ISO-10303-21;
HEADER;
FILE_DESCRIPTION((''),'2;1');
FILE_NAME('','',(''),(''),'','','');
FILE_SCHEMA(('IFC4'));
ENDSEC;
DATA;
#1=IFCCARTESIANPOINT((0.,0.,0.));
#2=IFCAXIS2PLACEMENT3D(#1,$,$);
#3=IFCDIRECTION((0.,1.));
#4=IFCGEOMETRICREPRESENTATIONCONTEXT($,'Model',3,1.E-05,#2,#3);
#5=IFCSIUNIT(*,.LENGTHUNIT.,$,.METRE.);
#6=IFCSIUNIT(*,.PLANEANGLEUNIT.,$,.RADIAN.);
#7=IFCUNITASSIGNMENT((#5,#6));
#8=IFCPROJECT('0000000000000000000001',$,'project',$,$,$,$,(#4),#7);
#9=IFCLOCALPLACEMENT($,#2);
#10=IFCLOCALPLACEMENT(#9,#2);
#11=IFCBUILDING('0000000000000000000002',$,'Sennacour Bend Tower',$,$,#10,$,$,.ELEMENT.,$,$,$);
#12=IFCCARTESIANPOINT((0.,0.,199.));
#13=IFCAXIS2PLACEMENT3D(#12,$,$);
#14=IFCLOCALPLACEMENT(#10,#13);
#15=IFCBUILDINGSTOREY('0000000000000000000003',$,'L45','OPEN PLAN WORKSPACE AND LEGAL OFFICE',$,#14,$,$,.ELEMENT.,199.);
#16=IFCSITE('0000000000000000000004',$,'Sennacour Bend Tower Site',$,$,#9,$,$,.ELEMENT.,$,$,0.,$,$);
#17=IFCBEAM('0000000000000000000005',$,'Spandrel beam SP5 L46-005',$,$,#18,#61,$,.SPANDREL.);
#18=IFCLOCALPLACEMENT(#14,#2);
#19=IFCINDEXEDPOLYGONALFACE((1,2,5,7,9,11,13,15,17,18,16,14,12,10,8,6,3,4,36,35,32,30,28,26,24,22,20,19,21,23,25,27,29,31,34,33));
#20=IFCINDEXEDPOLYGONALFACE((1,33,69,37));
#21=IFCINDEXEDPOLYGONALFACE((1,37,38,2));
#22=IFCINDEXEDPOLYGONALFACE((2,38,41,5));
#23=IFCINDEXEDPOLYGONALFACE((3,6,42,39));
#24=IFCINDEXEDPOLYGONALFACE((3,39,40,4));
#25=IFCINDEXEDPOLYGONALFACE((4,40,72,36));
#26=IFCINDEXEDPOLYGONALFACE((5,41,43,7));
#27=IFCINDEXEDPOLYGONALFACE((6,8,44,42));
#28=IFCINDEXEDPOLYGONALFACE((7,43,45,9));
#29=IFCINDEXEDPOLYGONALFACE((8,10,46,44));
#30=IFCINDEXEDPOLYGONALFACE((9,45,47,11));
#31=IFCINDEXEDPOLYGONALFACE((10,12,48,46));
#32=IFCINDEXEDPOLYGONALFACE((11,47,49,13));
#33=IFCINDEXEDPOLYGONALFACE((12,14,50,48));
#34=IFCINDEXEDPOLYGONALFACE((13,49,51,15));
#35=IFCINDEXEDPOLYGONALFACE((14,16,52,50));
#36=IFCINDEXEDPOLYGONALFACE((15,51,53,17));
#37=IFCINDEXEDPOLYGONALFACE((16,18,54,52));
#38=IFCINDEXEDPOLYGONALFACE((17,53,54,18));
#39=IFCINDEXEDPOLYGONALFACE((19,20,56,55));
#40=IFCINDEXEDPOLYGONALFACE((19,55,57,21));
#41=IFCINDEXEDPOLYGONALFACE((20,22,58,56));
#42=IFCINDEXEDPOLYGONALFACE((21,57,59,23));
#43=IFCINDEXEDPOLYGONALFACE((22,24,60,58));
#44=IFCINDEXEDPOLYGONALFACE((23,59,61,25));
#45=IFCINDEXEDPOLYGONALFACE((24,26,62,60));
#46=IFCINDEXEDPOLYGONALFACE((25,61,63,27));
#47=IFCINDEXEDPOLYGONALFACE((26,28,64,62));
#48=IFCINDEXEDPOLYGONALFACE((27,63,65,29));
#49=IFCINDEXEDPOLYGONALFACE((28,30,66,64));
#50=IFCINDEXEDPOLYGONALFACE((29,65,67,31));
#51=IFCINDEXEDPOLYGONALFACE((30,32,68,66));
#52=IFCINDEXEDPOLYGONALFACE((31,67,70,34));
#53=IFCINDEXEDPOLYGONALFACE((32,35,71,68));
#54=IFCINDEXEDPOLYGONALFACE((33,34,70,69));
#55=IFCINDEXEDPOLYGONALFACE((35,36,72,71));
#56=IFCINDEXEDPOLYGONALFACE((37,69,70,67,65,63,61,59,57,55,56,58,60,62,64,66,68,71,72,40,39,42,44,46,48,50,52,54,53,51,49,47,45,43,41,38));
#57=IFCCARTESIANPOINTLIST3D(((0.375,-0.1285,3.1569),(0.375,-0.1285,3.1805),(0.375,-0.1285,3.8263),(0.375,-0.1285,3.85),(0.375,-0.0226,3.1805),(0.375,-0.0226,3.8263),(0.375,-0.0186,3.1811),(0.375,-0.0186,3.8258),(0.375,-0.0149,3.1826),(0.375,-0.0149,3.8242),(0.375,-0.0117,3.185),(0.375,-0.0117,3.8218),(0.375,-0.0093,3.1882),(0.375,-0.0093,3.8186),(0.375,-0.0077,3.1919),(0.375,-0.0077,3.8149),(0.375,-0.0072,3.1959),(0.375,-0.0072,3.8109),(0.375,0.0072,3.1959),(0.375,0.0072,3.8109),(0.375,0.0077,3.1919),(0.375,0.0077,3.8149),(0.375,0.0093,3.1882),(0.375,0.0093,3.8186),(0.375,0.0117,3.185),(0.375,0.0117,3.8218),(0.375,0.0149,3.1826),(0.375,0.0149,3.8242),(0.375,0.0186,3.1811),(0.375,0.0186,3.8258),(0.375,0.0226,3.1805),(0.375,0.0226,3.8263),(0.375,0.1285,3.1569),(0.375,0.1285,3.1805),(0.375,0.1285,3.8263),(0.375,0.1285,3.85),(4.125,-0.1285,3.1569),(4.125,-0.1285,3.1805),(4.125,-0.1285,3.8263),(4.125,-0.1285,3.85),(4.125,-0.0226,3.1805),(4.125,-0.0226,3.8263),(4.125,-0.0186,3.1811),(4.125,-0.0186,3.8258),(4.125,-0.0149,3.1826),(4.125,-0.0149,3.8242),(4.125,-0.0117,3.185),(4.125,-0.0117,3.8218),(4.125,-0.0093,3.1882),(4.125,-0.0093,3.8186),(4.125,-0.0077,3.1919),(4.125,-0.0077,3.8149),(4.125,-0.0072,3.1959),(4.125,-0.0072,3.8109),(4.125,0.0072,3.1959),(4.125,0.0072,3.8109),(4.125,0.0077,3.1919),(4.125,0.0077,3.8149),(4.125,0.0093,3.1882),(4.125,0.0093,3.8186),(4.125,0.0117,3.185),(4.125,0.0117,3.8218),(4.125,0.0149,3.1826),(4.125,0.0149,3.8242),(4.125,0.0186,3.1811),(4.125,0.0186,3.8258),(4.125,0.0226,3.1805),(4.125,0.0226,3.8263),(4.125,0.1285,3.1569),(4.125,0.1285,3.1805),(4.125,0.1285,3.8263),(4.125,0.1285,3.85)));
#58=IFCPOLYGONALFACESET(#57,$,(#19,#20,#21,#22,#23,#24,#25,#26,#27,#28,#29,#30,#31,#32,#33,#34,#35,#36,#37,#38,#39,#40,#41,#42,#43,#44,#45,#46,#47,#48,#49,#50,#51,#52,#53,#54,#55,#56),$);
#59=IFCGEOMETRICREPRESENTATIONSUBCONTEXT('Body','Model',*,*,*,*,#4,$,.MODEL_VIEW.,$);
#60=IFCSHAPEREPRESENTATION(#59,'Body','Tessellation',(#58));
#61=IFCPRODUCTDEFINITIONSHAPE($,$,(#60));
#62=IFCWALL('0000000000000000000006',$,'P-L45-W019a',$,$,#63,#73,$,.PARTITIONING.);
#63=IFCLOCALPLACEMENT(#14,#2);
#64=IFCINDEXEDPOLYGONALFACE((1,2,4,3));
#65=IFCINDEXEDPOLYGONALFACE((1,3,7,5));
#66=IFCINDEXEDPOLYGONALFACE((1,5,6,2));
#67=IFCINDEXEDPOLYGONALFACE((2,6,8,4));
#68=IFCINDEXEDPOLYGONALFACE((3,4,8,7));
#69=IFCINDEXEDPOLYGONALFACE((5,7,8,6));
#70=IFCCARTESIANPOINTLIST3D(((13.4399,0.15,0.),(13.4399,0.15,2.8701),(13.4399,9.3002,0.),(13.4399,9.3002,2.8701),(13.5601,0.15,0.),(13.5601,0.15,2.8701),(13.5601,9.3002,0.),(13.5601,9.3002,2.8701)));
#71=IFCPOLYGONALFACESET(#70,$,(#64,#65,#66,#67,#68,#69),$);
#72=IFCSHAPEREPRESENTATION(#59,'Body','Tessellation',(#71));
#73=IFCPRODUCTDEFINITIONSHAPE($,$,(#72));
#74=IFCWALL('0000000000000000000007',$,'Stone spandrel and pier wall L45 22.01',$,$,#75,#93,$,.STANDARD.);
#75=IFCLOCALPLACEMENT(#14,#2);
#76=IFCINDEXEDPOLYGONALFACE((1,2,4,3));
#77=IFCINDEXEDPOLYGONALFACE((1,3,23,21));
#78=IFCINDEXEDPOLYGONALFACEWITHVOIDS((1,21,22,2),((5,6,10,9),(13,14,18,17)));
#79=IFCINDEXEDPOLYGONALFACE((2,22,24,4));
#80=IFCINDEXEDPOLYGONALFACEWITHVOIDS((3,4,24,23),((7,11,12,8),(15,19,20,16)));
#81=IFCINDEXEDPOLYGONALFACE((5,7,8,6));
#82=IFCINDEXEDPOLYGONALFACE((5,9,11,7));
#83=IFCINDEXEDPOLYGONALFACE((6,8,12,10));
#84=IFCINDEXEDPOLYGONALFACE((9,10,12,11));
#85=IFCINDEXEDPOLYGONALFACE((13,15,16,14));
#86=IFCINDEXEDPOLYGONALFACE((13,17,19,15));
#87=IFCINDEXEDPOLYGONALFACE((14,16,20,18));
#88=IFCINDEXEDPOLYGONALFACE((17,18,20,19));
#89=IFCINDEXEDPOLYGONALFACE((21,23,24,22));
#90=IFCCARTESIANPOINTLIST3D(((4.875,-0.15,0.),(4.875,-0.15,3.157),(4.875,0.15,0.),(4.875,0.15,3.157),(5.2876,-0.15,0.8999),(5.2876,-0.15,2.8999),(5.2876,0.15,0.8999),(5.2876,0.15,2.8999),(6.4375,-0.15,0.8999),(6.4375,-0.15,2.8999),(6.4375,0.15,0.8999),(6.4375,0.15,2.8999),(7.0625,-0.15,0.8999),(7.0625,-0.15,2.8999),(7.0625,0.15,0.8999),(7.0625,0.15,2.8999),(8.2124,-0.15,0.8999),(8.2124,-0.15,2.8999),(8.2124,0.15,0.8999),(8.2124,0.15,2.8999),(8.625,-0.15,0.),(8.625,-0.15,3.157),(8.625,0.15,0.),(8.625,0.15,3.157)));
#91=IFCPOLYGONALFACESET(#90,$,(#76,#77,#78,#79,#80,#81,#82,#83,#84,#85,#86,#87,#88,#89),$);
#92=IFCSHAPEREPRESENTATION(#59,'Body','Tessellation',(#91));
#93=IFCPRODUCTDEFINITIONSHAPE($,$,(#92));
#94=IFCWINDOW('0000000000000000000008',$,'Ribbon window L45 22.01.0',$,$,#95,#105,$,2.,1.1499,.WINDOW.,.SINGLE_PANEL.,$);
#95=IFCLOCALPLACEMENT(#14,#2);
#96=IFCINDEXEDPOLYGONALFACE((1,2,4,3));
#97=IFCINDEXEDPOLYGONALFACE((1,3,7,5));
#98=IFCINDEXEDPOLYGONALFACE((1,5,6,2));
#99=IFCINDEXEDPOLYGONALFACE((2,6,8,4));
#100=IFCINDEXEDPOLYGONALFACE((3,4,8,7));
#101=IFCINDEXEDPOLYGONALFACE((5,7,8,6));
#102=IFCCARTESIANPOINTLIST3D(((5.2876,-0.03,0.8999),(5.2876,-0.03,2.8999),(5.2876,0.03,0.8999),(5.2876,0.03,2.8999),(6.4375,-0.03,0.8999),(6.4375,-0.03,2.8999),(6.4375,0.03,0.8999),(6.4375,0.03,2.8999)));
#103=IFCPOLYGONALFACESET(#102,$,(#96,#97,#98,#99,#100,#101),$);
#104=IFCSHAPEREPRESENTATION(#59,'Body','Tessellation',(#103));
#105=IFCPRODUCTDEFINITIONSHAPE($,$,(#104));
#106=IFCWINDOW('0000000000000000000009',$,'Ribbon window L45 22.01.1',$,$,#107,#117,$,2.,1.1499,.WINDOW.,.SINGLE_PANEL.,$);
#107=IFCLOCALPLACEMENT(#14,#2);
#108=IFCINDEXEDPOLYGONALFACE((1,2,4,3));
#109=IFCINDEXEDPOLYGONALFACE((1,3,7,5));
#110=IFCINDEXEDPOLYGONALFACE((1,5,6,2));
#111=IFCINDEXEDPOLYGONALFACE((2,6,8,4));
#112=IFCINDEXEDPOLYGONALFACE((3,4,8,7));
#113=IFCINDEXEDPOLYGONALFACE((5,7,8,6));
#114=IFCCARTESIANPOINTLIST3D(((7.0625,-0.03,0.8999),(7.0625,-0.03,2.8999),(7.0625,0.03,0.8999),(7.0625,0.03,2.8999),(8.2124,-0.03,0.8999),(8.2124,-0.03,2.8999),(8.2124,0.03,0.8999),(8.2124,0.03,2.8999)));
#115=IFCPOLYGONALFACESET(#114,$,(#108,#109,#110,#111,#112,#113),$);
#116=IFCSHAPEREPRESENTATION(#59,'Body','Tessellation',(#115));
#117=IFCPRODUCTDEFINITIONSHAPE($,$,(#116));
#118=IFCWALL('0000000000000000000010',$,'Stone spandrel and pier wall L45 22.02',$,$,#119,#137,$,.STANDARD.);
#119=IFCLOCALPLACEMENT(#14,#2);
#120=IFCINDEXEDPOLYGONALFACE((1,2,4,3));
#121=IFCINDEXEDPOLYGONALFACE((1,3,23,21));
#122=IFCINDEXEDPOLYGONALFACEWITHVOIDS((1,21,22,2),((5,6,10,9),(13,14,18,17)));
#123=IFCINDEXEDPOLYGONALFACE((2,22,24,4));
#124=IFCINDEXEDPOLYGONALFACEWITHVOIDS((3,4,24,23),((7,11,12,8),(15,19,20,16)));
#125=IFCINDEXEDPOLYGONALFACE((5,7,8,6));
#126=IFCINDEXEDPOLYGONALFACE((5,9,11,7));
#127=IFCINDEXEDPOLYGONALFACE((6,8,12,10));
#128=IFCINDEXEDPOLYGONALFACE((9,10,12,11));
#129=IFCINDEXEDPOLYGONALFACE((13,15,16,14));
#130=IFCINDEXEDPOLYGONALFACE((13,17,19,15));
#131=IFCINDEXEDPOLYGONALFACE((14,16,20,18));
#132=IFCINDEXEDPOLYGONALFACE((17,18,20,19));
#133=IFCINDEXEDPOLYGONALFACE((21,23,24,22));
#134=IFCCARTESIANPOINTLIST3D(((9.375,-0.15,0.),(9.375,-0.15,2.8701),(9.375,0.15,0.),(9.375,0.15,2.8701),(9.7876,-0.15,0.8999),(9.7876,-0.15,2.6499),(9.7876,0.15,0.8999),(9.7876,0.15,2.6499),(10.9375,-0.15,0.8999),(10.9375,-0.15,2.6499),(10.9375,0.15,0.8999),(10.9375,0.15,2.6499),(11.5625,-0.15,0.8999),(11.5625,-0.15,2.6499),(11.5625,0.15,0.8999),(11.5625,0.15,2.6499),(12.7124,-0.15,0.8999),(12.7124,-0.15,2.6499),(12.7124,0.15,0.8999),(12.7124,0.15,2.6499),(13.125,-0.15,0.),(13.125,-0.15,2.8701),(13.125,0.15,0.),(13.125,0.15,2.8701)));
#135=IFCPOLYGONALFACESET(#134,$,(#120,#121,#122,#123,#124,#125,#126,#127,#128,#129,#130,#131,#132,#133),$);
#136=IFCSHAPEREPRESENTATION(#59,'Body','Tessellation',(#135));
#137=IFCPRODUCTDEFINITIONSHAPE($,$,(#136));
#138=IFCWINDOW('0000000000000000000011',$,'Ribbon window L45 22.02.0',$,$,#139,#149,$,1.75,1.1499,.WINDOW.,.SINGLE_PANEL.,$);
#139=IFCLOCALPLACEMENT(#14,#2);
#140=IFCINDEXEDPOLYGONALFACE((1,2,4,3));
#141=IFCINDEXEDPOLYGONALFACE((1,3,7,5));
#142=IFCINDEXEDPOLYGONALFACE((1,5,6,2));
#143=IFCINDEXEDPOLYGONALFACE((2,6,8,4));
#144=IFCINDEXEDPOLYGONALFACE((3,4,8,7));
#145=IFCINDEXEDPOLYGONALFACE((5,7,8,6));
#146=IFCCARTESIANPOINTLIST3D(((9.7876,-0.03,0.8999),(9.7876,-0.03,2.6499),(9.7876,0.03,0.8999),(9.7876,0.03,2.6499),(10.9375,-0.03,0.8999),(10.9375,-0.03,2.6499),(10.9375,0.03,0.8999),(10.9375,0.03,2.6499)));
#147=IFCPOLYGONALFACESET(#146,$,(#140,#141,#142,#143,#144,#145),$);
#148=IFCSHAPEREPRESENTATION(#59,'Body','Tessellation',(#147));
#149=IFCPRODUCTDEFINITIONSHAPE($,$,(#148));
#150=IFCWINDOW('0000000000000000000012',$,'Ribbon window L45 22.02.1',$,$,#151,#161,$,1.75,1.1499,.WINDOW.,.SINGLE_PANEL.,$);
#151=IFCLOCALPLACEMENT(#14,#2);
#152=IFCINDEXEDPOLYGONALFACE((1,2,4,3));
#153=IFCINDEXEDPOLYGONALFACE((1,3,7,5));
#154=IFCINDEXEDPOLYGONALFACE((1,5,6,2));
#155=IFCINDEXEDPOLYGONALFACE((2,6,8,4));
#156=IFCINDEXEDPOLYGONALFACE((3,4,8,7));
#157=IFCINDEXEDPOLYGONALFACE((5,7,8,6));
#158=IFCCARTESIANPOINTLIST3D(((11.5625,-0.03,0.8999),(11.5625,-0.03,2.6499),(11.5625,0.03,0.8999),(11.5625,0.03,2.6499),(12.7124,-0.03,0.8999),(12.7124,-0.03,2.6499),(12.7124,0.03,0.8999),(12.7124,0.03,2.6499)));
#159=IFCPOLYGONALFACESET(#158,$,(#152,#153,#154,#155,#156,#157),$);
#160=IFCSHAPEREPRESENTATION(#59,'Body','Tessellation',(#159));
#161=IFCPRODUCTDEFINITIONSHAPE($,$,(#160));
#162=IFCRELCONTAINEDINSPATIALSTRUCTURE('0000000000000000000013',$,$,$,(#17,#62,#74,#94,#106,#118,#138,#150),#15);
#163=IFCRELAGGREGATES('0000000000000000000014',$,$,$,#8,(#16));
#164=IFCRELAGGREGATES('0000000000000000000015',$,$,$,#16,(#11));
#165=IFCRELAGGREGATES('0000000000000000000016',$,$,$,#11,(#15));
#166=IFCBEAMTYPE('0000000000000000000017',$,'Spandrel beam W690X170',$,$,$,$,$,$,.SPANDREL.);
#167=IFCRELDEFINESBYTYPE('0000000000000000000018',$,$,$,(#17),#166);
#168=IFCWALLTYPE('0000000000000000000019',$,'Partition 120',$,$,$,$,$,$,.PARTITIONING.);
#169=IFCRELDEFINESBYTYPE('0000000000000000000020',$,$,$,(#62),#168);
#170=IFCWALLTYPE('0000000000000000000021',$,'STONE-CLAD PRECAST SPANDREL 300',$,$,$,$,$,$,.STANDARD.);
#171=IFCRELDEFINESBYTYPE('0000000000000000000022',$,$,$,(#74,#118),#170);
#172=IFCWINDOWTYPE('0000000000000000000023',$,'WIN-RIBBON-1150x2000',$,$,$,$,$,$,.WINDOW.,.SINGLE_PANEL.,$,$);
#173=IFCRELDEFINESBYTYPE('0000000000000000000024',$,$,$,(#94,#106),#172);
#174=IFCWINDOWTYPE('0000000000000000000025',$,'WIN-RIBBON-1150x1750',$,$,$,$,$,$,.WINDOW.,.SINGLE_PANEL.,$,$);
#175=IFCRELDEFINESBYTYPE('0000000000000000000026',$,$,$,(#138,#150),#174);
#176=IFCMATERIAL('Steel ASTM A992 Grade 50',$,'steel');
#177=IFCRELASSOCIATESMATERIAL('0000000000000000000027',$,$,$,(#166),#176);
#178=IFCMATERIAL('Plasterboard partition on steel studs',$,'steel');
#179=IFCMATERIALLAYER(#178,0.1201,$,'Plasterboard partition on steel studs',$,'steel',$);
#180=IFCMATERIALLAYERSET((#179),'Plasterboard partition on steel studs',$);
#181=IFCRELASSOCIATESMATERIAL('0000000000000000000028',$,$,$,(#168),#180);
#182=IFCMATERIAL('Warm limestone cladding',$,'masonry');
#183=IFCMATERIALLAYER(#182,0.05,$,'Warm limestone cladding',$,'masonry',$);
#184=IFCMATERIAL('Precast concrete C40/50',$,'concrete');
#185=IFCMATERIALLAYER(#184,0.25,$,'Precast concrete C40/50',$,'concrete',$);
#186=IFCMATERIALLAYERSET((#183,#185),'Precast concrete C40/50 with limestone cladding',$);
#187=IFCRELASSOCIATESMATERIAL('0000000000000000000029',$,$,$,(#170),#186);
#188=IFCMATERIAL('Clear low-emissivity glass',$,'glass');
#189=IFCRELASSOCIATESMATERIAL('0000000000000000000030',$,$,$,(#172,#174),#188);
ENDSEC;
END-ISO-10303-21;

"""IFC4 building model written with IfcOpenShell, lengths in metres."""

from ifc_helpers import new_model, si_unit, direction, frame, frame_2d, origin, origin_2d, place, context, subcontext, project, spatial, rectangle, i_section, extrude, material, layer, layer_set, material_profile, profile_set, type_object, element, fill, save


model = new_model("IFC4")

# Units and contexts
model_context = context("Model", 3, precision=1e-05, world=origin(), true_north=direction((0.0, 1.0)))
body_context = subcontext(model_context, "Body", "Model", "MODEL_VIEW")
ifc_project = project(units=[si_unit("LENGTHUNIT", "METRE"), si_unit("PLANEANGLEUNIT", "RADIAN")], contexts=[model_context])

# Site, building, storey
site_placement = place(None, origin())
site = spatial("IfcSite", under=ifc_project, at=site_placement, Name="Sennacour Bend Tower Site", CompositionType="ELEMENT", RefElevation=0.0)
building_placement = place(site_placement, origin())
building = spatial("IfcBuilding", under=site, at=building_placement, Name="Sennacour Bend Tower", CompositionType="ELEMENT")
storey_placement = place(building_placement, frame((0.0, 0.0, 199.0)))
storey = spatial("IfcBuildingStorey", under=building, at=storey_placement, Name="L45", Description="OPEN PLAN WORKSPACE AND LEGAL OFFICE", CompositionType="ELEMENT", Elevation=199.0)

# Beam
ifc_material_1 = material(Name="Steel ASTM A992 Grade 50", Category="steel")
ifc_material_profile_1 = material_profile(ifc_material_1, i_section(OverallWidth=0.2571, OverallDepth=0.6931, WebThickness=0.0144, FlangeThickness=0.0237, FilletRadius=0.0154, at=origin_2d()), Name="Steel ASTM A992 Grade 50", Category="steel")
ifc_profile_set_1 = profile_set([ifc_material_profile_1], Name="Steel ASTM A992 Grade 50")
beam_type_1 = type_object("IfcBeamType", Name="Spandrel beam W690X170", PredefinedType="SPANDREL", material=ifc_profile_set_1)
for number, where, z_axis, x_axis, name in (
    (1, (4.125, 0.0, 3.5034), (-1.0, 0.0, 0.0), (0.0, -1.0, 0.0), "Spandrel beam SP5 L46-005"),
):
    element("IfcBeam", number, at=place(storey_placement, frame(where, z_axis=z_axis, x_axis=x_axis)), inside=storey, type_object=beam_type_1, Name=name, PredefinedType="SPANDREL", context=body_context, shape_type="SweptSolid", body=[
        extrude(i_section(OverallWidth=0.2571, OverallDepth=0.6931, WebThickness=0.0144, FlangeThickness=0.0237, FilletRadius=0.0154, at=origin_2d()), origin(), (0.0, 0.0, 1.0), 3.75),
    ])

# Wall
ifc_material_2 = material(Name="Plasterboard partition on steel studs", Category="steel")
ifc_layer_1 = layer(ifc_material_2, 0.1201, Name="Plasterboard partition on steel studs", Category="steel")
ifc_layer_set_1 = layer_set([ifc_layer_1], Name="Plasterboard partition on steel studs")
wall_type_1 = type_object("IfcWallType", Name="Partition 120", PredefinedType="PARTITIONING", material=ifc_layer_set_1)
wall_1_placement = place(storey_placement, frame((13.5, 0.1499, 0.0), z_axis=(0.0, 0.0, 1.0), x_axis=(0.0, 1.0, 0.0)))
element("IfcWall", 2, at=wall_1_placement, inside=storey, type_object=wall_type_1, Name="P-L45-W019a", PredefinedType="PARTITIONING", context=body_context, shape_type="SweptSolid", body=[
    extrude(rectangle(XDim=9.1501, YDim=0.1201, at=frame_2d((4.5752, 0.0))), origin(), (0.0, 0.0, 1.0), 2.8701),
])

# Walls, openings, windows
ifc_material_3 = material(Name="Warm limestone cladding", Category="masonry")
ifc_layer_2 = layer(ifc_material_3, 0.05, Name="Warm limestone cladding", Category="masonry")
ifc_material_4 = material(Name="Precast concrete C40/50", Category="concrete")
ifc_layer_3 = layer(ifc_material_4, 0.25, Name="Precast concrete C40/50", Category="concrete")
ifc_layer_set_2 = layer_set([ifc_layer_2, ifc_layer_3], Name="Precast concrete C40/50 with limestone cladding")
wall_type_2 = type_object("IfcWallType", Name="STONE-CLAD PRECAST SPANDREL 300", PredefinedType="STANDARD", material=ifc_layer_set_2)
wall_2_placement = place(storey_placement, frame((4.875, 0.0, 0.0), z_axis=(0.0, 0.0, 1.0), x_axis=(1.0, 0.0, 0.0)))
wall_2 = element("IfcWall", 3, at=wall_2_placement, inside=storey, type_object=wall_type_2, Name="Stone spandrel and pier wall L45 22.01", PredefinedType="STANDARD", context=body_context, shape_type="SweptSolid", body=[
    extrude(rectangle(XDim=3.75, YDim=0.3, at=frame_2d((1.875, 0.0))), origin(), (0.0, 0.0, 1.0), 3.157),
])
opening_1_placement = place(wall_2_placement, frame((0.4126, 0.0, 0.8999)))
opening_1 = element("IfcOpeningElement", 4, at=opening_1_placement, cuts=wall_2, PredefinedType="OPENING", context=body_context, shape_type="SweptSolid", body=[
    extrude(rectangle(XDim=1.1499, YDim=2.0, at=frame_2d((0.575, 1.0))), frame((0.0, 0.1602, 0.0), z_axis=(0.0, -1.0, 0.0), x_axis=(1.0, 0.0, 0.0)), (0.0, 0.0, 1.0), 0.3201),
])
opening_2_placement = place(wall_2_placement, frame((2.1875, 0.0, 0.8999)))
opening_2 = element("IfcOpeningElement", 5, at=opening_2_placement, cuts=wall_2, PredefinedType="OPENING", context=body_context, shape_type="SweptSolid", body=[
    extrude(rectangle(XDim=1.1499, YDim=2.0, at=frame_2d((0.575, 1.0))), frame((0.0, 0.1602, 0.0), z_axis=(0.0, -1.0, 0.0), x_axis=(1.0, 0.0, 0.0)), (0.0, 0.0, 1.0), 0.3201),
])
ifc_material_5 = material(Name="Clear low-emissivity glass", Category="glass")
window_type_1 = type_object("IfcWindowType", Name="WIN-RIBBON-1150x2000", PartitioningType="SINGLE_PANEL", PredefinedType="WINDOW", material=ifc_material_5)
window_1_placement = place(opening_1_placement, origin())
window_1 = element("IfcWindow", 6, at=window_1_placement, inside=storey, type_object=window_type_1, Name="Ribbon window L45 22.01.0", OverallHeight=2.0, OverallWidth=1.1499, PartitioningType="SINGLE_PANEL", PredefinedType="WINDOW", context=body_context, shape_type="SweptSolid", body=[
    extrude(rectangle(XDim=1.1499, YDim=2.0, at=frame_2d((0.575, 1.0))), frame((0.0, 0.03, 0.0), z_axis=(0.0, -1.0, 0.0), x_axis=(1.0, 0.0, 0.0)), (0.0, 0.0, 1.0), 0.0601),
])
fill(opening_1, window_1)
window_2_placement = place(opening_2_placement, origin())
window_2 = element("IfcWindow", 7, at=window_2_placement, inside=storey, type_object=window_type_1, Name="Ribbon window L45 22.01.1", OverallHeight=2.0, OverallWidth=1.1499, PartitioningType="SINGLE_PANEL", PredefinedType="WINDOW", context=body_context, shape_type="SweptSolid", body=[
    extrude(rectangle(XDim=1.1499, YDim=2.0, at=frame_2d((0.575, 1.0))), frame((0.0, 0.03, 0.0), z_axis=(0.0, -1.0, 0.0), x_axis=(1.0, 0.0, 0.0)), (0.0, 0.0, 1.0), 0.0601),
])
fill(opening_2, window_2)
wall_3_placement = place(storey_placement, frame((9.375, 0.0, 0.0), z_axis=(0.0, 0.0, 1.0), x_axis=(1.0, 0.0, 0.0)))
wall_3 = element("IfcWall", 8, at=wall_3_placement, inside=storey, type_object=wall_type_2, Name="Stone spandrel and pier wall L45 22.02", PredefinedType="STANDARD", context=body_context, shape_type="SweptSolid", body=[
    extrude(rectangle(XDim=3.75, YDim=0.3, at=frame_2d((1.875, 0.0))), origin(), (0.0, 0.0, 1.0), 2.8701),
])
opening_3_placement = place(wall_3_placement, frame((0.4126, 0.0, 0.8999)))
opening_3 = element("IfcOpeningElement", 9, at=opening_3_placement, cuts=wall_3, PredefinedType="OPENING", context=body_context, shape_type="SweptSolid", body=[
    extrude(rectangle(XDim=1.1499, YDim=1.75, at=frame_2d((0.575, 0.875))), frame((0.0, 0.1602, 0.0), z_axis=(0.0, -1.0, 0.0), x_axis=(1.0, 0.0, 0.0)), (0.0, 0.0, 1.0), 0.3201),
])
opening_4_placement = place(wall_3_placement, frame((2.1875, 0.0, 0.8999)))
opening_4 = element("IfcOpeningElement", 10, at=opening_4_placement, cuts=wall_3, PredefinedType="OPENING", context=body_context, shape_type="SweptSolid", body=[
    extrude(rectangle(XDim=1.1499, YDim=1.75, at=frame_2d((0.575, 0.875))), frame((0.0, 0.1602, 0.0), z_axis=(0.0, -1.0, 0.0), x_axis=(1.0, 0.0, 0.0)), (0.0, 0.0, 1.0), 0.3201),
])
window_type_2 = type_object("IfcWindowType", Name="WIN-RIBBON-1150x1750", PartitioningType="SINGLE_PANEL", PredefinedType="WINDOW", material=ifc_material_5)
window_3_placement = place(opening_3_placement, origin())
window_3 = element("IfcWindow", 11, at=window_3_placement, inside=storey, type_object=window_type_2, Name="Ribbon window L45 22.02.0", OverallHeight=1.75, OverallWidth=1.1499, PartitioningType="SINGLE_PANEL", PredefinedType="WINDOW", context=body_context, shape_type="SweptSolid", body=[
    extrude(rectangle(XDim=1.1499, YDim=1.75, at=frame_2d((0.575, 0.875))), frame((0.0, 0.03, 0.0), z_axis=(0.0, -1.0, 0.0), x_axis=(1.0, 0.0, 0.0)), (0.0, 0.0, 1.0), 0.0601),
])
fill(opening_3, window_3)
window_4_placement = place(opening_4_placement, origin())
window_4 = element("IfcWindow", 12, at=window_4_placement, inside=storey, type_object=window_type_2, Name="Ribbon window L45 22.02.1", OverallHeight=1.75, OverallWidth=1.1499, PartitioningType="SINGLE_PANEL", PredefinedType="WINDOW", context=body_context, shape_type="SweptSolid", body=[
    extrude(rectangle(XDim=1.1499, YDim=1.75, at=frame_2d((0.575, 0.875))), frame((0.0, 0.03, 0.0), z_axis=(0.0, -1.0, 0.0), x_axis=(1.0, 0.0, 0.0)), (0.0, 0.0, 1.0), 0.0601),
])
fill(opening_4, window_4)

save(model, "model.ifc")
